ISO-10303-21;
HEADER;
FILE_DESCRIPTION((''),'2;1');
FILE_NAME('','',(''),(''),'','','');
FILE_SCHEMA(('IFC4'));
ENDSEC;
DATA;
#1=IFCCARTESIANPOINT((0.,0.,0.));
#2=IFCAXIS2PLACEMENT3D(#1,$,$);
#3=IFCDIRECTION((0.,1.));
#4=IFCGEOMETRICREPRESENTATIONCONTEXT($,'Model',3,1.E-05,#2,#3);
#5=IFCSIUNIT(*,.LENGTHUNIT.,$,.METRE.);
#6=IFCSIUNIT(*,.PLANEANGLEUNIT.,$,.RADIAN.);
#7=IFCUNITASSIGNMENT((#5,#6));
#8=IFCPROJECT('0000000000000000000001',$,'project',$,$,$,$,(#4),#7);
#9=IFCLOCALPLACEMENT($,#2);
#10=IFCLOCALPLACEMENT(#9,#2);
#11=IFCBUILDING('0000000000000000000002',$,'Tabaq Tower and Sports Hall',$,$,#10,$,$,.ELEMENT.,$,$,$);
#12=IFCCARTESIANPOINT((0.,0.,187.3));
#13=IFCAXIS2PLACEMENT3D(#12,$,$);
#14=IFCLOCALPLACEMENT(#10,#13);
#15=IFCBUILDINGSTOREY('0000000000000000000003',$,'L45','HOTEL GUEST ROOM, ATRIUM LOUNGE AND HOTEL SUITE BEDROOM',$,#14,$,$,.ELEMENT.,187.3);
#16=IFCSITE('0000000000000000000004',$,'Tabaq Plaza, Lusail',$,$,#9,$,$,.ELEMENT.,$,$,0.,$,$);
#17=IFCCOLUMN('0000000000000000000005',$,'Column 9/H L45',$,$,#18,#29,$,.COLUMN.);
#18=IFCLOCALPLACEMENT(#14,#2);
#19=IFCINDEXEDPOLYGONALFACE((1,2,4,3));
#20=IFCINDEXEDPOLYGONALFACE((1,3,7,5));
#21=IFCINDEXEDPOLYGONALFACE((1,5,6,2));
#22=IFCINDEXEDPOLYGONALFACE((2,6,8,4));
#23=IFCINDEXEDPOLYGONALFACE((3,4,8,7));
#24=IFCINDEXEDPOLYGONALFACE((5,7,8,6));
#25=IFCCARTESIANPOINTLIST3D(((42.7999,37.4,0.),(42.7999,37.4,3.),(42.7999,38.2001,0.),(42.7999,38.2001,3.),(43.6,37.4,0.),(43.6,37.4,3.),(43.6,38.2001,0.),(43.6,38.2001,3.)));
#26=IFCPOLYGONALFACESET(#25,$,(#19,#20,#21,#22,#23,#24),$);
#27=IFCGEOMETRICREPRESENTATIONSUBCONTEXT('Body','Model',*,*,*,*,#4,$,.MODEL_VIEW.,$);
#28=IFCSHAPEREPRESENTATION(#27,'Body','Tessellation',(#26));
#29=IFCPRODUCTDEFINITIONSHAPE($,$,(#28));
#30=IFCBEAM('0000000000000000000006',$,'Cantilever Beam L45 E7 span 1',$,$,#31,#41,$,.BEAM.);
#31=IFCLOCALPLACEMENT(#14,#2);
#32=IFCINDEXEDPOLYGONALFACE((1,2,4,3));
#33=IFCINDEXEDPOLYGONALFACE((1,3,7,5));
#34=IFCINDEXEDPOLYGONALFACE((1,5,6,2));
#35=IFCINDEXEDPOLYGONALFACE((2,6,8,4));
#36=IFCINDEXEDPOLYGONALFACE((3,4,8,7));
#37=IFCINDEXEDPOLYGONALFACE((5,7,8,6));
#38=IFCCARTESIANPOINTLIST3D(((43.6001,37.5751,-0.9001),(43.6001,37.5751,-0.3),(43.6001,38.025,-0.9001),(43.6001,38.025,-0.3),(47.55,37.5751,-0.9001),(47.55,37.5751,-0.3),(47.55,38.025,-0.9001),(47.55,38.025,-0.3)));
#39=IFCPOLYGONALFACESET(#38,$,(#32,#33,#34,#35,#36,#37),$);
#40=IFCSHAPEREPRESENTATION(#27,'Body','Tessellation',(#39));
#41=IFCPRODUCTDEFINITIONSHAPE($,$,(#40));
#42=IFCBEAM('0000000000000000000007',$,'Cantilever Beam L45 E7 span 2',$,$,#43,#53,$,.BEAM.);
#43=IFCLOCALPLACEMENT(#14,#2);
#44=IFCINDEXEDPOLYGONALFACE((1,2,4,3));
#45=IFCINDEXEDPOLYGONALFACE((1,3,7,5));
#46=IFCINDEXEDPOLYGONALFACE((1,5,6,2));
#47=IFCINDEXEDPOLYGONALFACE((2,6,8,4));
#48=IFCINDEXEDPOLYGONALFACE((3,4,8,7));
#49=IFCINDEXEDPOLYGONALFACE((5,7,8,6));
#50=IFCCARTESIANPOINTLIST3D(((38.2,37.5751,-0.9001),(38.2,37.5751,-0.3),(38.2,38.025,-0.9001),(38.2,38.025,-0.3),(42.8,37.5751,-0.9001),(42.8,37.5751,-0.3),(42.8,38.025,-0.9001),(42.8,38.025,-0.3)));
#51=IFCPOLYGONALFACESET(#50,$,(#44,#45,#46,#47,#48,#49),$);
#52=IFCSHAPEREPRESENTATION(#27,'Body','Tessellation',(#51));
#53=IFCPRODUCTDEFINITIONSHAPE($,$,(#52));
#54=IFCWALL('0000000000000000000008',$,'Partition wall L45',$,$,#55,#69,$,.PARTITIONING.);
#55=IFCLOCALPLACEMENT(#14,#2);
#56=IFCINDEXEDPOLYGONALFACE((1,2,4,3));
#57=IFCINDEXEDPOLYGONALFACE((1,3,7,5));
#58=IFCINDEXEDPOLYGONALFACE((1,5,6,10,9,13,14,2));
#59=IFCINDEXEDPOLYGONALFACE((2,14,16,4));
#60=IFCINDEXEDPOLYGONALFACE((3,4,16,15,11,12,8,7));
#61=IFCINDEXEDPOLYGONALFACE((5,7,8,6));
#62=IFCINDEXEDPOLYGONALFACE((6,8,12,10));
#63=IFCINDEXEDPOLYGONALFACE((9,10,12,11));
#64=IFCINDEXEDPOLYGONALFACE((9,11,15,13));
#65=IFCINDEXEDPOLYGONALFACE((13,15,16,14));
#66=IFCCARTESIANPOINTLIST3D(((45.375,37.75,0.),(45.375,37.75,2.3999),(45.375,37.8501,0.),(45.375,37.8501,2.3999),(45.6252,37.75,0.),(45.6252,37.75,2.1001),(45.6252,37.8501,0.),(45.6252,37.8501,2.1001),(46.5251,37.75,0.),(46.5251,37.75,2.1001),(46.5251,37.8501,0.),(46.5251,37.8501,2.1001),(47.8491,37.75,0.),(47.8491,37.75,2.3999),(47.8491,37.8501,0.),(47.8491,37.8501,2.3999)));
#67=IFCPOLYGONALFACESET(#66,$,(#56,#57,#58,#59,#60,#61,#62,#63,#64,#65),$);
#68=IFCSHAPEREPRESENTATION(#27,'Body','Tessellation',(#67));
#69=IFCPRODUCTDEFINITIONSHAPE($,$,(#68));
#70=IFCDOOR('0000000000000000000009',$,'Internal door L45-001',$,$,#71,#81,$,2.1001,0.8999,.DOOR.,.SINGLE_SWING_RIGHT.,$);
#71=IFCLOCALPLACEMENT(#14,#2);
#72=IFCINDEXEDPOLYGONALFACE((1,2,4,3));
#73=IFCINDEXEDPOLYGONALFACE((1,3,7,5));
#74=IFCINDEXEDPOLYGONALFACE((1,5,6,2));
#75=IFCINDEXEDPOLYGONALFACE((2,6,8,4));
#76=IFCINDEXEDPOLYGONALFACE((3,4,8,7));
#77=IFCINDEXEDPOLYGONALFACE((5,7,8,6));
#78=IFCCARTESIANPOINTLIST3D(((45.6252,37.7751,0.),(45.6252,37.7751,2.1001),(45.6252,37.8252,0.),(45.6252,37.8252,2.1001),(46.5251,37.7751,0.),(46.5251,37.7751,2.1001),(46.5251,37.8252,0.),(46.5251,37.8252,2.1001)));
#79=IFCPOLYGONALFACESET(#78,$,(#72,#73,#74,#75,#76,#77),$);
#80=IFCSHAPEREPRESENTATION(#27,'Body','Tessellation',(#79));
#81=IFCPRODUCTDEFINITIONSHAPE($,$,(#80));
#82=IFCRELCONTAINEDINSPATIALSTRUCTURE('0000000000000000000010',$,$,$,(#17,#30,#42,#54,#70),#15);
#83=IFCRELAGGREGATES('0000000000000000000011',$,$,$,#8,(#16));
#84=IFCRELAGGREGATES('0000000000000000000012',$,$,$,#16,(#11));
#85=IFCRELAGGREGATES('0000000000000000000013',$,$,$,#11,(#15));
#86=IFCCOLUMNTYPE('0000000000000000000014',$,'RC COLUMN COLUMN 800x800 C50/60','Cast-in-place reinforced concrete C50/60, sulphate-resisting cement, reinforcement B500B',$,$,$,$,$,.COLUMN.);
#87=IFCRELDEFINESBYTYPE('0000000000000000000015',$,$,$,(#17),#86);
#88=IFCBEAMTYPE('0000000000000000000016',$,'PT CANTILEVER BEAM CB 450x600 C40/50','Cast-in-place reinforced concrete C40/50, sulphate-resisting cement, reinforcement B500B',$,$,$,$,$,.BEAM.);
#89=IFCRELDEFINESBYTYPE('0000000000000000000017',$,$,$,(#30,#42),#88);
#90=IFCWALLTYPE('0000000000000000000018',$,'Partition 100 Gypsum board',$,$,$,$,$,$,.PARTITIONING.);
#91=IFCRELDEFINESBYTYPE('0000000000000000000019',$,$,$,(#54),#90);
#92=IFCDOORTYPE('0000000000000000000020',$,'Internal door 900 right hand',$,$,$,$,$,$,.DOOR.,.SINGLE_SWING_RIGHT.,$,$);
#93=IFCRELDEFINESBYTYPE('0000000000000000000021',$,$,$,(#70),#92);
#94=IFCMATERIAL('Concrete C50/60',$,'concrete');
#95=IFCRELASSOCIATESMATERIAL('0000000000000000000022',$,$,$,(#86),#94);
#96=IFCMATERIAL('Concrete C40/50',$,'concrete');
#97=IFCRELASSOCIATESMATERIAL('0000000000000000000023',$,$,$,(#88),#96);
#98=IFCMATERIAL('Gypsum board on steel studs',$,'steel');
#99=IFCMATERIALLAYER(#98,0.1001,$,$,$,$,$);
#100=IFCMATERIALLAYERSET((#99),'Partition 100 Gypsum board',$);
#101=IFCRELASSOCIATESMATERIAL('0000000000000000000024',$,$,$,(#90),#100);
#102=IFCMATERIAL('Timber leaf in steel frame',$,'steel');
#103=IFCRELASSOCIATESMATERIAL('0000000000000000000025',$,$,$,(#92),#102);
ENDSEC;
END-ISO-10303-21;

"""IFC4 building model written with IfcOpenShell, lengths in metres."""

from ifc_helpers import new_model, si_unit, direction, frame, frame_2d, origin, origin_2d, place, context, subcontext, project, spatial, rectangle, extrude, material, layer, layer_set, material_profile, profile_set, type_object, element, fill, save


model = new_model("IFC4")

# Units and contexts
model_context = context("Model", 3, precision=1e-05, world=origin(), true_north=direction((0.0, 1.0)))
body_context = subcontext(model_context, "Body", "Model", "MODEL_VIEW")
ifc_project = project(units=[si_unit("LENGTHUNIT", "METRE"), si_unit("PLANEANGLEUNIT", "RADIAN")], contexts=[model_context])

# Site, building, storey
site_placement = place(None, origin())
site = spatial("IfcSite", under=ifc_project, at=site_placement, Name="Tabaq Plaza, Lusail", CompositionType="ELEMENT", RefElevation=0.0)
building_placement = place(site_placement, origin())
building = spatial("IfcBuilding", under=site, at=building_placement, Name="Tabaq Tower and Sports Hall", CompositionType="ELEMENT")
storey_placement = place(building_placement, frame((0.0, 0.0, 187.3)))
storey = spatial("IfcBuildingStorey", under=building, at=storey_placement, Name="L45", Description="HOTEL GUEST ROOM, ATRIUM LOUNGE AND HOTEL SUITE BEDROOM", CompositionType="ELEMENT", Elevation=187.3)

# Column
ifc_material_1 = material(Name="Concrete C50/60", Category="concrete")
ifc_material_profile_1 = material_profile(ifc_material_1, rectangle(XDim=0.8, YDim=0.8, at=origin_2d()), Name="COLUMN 800x800")
ifc_profile_set_1 = profile_set([ifc_material_profile_1], Name="Concrete C50/60")
column_type = type_object("IfcColumnType", Name="RC COLUMN COLUMN 800x800 C50/60", Description="Cast-in-place reinforced concrete C50/60, sulphate-resisting cement, reinforcement B500B", PredefinedType="COLUMN", material=ifc_profile_set_1)
column_placement = place(storey_placement, frame((43.2, 37.8, 0.0), z_axis=(0.0, 0.0, 1.0), x_axis=(1.0, 0.0, 0.0)))
element("IfcColumn", 1, at=column_placement, inside=storey, type_object=column_type, Name="Column 9/H L45", PredefinedType="COLUMN", context=body_context, shape_type="SweptSolid", body=[
    extrude(rectangle(XDim=0.8, YDim=0.8, at=origin_2d()), origin(), (0.0, 0.0, 1.0), 3.0),
])

# Beams
ifc_material_2 = material(Name="Concrete C40/50", Category="concrete")
ifc_material_profile_2 = material_profile(ifc_material_2, rectangle(XDim=0.45, YDim=0.6001, at=origin_2d()), Name="CB 450x600")
ifc_profile_set_2 = profile_set([ifc_material_profile_2], Name="Concrete C40/50")
beam_type = type_object("IfcBeamType", Name="PT CANTILEVER BEAM CB 450x600 C40/50", Description="Cast-in-place reinforced concrete C40/50, sulphate-resisting cement, reinforcement B500B", PredefinedType="BEAM", material=ifc_profile_set_2)
beam_1_placement = place(storey_placement, frame((47.55, 37.8, -0.6001), z_axis=(-1.0, 0.0, 0.0), x_axis=(0.0, -1.0, 0.0)))
element("IfcBeam", 2, at=beam_1_placement, inside=storey, type_object=beam_type, Name="Cantilever Beam L45 E7 span 1", PredefinedType="BEAM", context=body_context, shape_type="SweptSolid", body=[
    extrude(rectangle(XDim=0.45, YDim=0.6001, at=origin_2d()), origin(), (0.0, 0.0, 1.0), 3.95),
])
beam_2_placement = place(storey_placement, frame((42.8, 37.8, -0.6001), z_axis=(-1.0, 0.0, 0.0), x_axis=(0.0, -1.0, 0.0)))
element("IfcBeam", 3, at=beam_2_placement, inside=storey, type_object=beam_type, Name="Cantilever Beam L45 E7 span 2", PredefinedType="BEAM", context=body_context, shape_type="SweptSolid", body=[
    extrude(rectangle(XDim=0.45, YDim=0.6001, at=origin_2d()), origin(), (0.0, 0.0, 1.0), 4.6001),
])

# Wall, opening, door
ifc_material_3 = material(Name="Gypsum board on steel studs", Category="steel")
ifc_layer_1 = layer(ifc_material_3, 0.1001)
ifc_layer_set_1 = layer_set([ifc_layer_1], Name="Partition 100 Gypsum board")
wall_type_1 = type_object("IfcWallType", Name="Partition 100 Gypsum board", PredefinedType="PARTITIONING", material=ifc_layer_set_1)
wall_1_placement = place(storey_placement, frame((47.8491, 37.8, 0.0), z_axis=(0.0, 0.0, 1.0), x_axis=(-1.0, 0.0, 0.0)))
wall_1 = element("IfcWall", 4, at=wall_1_placement, inside=storey, type_object=wall_type_1, Name="Partition wall L45", PredefinedType="PARTITIONING", context=body_context, shape_type="SweptSolid", body=[
    extrude(rectangle(XDim=2.4741, YDim=0.1001, at=frame_2d((1.2371, 0.0))), origin(), (0.0, 0.0, 1.0), 2.3999),
])
opening_1_placement = place(wall_1_placement, frame((1.324, 0.0, 0.0)))
opening_1 = element("IfcOpeningElement", 5, at=opening_1_placement, cuts=wall_1, PredefinedType="OPENING", context=body_context, shape_type="SweptSolid", body=[
    extrude(rectangle(XDim=0.8999, YDim=2.1001, at=frame_2d((0.45, 1.05))), frame((0.0, 0.05, 0.0), z_axis=(0.0, -1.0, 0.0), x_axis=(1.0, 0.0, 0.0)), (0.0, 0.0, 1.0), 0.1001),
])
ifc_material_4 = material(Name="Timber leaf in steel frame", Category="steel")
door_type_1 = type_object("IfcDoorType", Name="Internal door 900 right hand", OperationType="SINGLE_SWING_RIGHT", PredefinedType="DOOR", material=ifc_material_4)
door_1_placement = place(opening_1_placement, origin())
door_1 = element("IfcDoor", 6, at=door_1_placement, inside=storey, type_object=door_type_1, Name="Internal door L45-001", OperationType="SINGLE_SWING_RIGHT", OverallHeight=2.1001, OverallWidth=0.8999, PredefinedType="DOOR", context=body_context, shape_type="SweptSolid", body=[
    extrude(rectangle(XDim=0.8999, YDim=2.1001, at=frame_2d((0.45, 1.05))), frame((0.0, 0.0249, 0.0), z_axis=(0.0, -1.0, 0.0), x_axis=(1.0, 0.0, 0.0)), (0.0, 0.0, 1.0), 0.05),
])
fill(opening_1, door_1)

save(model, "model.ifc")
